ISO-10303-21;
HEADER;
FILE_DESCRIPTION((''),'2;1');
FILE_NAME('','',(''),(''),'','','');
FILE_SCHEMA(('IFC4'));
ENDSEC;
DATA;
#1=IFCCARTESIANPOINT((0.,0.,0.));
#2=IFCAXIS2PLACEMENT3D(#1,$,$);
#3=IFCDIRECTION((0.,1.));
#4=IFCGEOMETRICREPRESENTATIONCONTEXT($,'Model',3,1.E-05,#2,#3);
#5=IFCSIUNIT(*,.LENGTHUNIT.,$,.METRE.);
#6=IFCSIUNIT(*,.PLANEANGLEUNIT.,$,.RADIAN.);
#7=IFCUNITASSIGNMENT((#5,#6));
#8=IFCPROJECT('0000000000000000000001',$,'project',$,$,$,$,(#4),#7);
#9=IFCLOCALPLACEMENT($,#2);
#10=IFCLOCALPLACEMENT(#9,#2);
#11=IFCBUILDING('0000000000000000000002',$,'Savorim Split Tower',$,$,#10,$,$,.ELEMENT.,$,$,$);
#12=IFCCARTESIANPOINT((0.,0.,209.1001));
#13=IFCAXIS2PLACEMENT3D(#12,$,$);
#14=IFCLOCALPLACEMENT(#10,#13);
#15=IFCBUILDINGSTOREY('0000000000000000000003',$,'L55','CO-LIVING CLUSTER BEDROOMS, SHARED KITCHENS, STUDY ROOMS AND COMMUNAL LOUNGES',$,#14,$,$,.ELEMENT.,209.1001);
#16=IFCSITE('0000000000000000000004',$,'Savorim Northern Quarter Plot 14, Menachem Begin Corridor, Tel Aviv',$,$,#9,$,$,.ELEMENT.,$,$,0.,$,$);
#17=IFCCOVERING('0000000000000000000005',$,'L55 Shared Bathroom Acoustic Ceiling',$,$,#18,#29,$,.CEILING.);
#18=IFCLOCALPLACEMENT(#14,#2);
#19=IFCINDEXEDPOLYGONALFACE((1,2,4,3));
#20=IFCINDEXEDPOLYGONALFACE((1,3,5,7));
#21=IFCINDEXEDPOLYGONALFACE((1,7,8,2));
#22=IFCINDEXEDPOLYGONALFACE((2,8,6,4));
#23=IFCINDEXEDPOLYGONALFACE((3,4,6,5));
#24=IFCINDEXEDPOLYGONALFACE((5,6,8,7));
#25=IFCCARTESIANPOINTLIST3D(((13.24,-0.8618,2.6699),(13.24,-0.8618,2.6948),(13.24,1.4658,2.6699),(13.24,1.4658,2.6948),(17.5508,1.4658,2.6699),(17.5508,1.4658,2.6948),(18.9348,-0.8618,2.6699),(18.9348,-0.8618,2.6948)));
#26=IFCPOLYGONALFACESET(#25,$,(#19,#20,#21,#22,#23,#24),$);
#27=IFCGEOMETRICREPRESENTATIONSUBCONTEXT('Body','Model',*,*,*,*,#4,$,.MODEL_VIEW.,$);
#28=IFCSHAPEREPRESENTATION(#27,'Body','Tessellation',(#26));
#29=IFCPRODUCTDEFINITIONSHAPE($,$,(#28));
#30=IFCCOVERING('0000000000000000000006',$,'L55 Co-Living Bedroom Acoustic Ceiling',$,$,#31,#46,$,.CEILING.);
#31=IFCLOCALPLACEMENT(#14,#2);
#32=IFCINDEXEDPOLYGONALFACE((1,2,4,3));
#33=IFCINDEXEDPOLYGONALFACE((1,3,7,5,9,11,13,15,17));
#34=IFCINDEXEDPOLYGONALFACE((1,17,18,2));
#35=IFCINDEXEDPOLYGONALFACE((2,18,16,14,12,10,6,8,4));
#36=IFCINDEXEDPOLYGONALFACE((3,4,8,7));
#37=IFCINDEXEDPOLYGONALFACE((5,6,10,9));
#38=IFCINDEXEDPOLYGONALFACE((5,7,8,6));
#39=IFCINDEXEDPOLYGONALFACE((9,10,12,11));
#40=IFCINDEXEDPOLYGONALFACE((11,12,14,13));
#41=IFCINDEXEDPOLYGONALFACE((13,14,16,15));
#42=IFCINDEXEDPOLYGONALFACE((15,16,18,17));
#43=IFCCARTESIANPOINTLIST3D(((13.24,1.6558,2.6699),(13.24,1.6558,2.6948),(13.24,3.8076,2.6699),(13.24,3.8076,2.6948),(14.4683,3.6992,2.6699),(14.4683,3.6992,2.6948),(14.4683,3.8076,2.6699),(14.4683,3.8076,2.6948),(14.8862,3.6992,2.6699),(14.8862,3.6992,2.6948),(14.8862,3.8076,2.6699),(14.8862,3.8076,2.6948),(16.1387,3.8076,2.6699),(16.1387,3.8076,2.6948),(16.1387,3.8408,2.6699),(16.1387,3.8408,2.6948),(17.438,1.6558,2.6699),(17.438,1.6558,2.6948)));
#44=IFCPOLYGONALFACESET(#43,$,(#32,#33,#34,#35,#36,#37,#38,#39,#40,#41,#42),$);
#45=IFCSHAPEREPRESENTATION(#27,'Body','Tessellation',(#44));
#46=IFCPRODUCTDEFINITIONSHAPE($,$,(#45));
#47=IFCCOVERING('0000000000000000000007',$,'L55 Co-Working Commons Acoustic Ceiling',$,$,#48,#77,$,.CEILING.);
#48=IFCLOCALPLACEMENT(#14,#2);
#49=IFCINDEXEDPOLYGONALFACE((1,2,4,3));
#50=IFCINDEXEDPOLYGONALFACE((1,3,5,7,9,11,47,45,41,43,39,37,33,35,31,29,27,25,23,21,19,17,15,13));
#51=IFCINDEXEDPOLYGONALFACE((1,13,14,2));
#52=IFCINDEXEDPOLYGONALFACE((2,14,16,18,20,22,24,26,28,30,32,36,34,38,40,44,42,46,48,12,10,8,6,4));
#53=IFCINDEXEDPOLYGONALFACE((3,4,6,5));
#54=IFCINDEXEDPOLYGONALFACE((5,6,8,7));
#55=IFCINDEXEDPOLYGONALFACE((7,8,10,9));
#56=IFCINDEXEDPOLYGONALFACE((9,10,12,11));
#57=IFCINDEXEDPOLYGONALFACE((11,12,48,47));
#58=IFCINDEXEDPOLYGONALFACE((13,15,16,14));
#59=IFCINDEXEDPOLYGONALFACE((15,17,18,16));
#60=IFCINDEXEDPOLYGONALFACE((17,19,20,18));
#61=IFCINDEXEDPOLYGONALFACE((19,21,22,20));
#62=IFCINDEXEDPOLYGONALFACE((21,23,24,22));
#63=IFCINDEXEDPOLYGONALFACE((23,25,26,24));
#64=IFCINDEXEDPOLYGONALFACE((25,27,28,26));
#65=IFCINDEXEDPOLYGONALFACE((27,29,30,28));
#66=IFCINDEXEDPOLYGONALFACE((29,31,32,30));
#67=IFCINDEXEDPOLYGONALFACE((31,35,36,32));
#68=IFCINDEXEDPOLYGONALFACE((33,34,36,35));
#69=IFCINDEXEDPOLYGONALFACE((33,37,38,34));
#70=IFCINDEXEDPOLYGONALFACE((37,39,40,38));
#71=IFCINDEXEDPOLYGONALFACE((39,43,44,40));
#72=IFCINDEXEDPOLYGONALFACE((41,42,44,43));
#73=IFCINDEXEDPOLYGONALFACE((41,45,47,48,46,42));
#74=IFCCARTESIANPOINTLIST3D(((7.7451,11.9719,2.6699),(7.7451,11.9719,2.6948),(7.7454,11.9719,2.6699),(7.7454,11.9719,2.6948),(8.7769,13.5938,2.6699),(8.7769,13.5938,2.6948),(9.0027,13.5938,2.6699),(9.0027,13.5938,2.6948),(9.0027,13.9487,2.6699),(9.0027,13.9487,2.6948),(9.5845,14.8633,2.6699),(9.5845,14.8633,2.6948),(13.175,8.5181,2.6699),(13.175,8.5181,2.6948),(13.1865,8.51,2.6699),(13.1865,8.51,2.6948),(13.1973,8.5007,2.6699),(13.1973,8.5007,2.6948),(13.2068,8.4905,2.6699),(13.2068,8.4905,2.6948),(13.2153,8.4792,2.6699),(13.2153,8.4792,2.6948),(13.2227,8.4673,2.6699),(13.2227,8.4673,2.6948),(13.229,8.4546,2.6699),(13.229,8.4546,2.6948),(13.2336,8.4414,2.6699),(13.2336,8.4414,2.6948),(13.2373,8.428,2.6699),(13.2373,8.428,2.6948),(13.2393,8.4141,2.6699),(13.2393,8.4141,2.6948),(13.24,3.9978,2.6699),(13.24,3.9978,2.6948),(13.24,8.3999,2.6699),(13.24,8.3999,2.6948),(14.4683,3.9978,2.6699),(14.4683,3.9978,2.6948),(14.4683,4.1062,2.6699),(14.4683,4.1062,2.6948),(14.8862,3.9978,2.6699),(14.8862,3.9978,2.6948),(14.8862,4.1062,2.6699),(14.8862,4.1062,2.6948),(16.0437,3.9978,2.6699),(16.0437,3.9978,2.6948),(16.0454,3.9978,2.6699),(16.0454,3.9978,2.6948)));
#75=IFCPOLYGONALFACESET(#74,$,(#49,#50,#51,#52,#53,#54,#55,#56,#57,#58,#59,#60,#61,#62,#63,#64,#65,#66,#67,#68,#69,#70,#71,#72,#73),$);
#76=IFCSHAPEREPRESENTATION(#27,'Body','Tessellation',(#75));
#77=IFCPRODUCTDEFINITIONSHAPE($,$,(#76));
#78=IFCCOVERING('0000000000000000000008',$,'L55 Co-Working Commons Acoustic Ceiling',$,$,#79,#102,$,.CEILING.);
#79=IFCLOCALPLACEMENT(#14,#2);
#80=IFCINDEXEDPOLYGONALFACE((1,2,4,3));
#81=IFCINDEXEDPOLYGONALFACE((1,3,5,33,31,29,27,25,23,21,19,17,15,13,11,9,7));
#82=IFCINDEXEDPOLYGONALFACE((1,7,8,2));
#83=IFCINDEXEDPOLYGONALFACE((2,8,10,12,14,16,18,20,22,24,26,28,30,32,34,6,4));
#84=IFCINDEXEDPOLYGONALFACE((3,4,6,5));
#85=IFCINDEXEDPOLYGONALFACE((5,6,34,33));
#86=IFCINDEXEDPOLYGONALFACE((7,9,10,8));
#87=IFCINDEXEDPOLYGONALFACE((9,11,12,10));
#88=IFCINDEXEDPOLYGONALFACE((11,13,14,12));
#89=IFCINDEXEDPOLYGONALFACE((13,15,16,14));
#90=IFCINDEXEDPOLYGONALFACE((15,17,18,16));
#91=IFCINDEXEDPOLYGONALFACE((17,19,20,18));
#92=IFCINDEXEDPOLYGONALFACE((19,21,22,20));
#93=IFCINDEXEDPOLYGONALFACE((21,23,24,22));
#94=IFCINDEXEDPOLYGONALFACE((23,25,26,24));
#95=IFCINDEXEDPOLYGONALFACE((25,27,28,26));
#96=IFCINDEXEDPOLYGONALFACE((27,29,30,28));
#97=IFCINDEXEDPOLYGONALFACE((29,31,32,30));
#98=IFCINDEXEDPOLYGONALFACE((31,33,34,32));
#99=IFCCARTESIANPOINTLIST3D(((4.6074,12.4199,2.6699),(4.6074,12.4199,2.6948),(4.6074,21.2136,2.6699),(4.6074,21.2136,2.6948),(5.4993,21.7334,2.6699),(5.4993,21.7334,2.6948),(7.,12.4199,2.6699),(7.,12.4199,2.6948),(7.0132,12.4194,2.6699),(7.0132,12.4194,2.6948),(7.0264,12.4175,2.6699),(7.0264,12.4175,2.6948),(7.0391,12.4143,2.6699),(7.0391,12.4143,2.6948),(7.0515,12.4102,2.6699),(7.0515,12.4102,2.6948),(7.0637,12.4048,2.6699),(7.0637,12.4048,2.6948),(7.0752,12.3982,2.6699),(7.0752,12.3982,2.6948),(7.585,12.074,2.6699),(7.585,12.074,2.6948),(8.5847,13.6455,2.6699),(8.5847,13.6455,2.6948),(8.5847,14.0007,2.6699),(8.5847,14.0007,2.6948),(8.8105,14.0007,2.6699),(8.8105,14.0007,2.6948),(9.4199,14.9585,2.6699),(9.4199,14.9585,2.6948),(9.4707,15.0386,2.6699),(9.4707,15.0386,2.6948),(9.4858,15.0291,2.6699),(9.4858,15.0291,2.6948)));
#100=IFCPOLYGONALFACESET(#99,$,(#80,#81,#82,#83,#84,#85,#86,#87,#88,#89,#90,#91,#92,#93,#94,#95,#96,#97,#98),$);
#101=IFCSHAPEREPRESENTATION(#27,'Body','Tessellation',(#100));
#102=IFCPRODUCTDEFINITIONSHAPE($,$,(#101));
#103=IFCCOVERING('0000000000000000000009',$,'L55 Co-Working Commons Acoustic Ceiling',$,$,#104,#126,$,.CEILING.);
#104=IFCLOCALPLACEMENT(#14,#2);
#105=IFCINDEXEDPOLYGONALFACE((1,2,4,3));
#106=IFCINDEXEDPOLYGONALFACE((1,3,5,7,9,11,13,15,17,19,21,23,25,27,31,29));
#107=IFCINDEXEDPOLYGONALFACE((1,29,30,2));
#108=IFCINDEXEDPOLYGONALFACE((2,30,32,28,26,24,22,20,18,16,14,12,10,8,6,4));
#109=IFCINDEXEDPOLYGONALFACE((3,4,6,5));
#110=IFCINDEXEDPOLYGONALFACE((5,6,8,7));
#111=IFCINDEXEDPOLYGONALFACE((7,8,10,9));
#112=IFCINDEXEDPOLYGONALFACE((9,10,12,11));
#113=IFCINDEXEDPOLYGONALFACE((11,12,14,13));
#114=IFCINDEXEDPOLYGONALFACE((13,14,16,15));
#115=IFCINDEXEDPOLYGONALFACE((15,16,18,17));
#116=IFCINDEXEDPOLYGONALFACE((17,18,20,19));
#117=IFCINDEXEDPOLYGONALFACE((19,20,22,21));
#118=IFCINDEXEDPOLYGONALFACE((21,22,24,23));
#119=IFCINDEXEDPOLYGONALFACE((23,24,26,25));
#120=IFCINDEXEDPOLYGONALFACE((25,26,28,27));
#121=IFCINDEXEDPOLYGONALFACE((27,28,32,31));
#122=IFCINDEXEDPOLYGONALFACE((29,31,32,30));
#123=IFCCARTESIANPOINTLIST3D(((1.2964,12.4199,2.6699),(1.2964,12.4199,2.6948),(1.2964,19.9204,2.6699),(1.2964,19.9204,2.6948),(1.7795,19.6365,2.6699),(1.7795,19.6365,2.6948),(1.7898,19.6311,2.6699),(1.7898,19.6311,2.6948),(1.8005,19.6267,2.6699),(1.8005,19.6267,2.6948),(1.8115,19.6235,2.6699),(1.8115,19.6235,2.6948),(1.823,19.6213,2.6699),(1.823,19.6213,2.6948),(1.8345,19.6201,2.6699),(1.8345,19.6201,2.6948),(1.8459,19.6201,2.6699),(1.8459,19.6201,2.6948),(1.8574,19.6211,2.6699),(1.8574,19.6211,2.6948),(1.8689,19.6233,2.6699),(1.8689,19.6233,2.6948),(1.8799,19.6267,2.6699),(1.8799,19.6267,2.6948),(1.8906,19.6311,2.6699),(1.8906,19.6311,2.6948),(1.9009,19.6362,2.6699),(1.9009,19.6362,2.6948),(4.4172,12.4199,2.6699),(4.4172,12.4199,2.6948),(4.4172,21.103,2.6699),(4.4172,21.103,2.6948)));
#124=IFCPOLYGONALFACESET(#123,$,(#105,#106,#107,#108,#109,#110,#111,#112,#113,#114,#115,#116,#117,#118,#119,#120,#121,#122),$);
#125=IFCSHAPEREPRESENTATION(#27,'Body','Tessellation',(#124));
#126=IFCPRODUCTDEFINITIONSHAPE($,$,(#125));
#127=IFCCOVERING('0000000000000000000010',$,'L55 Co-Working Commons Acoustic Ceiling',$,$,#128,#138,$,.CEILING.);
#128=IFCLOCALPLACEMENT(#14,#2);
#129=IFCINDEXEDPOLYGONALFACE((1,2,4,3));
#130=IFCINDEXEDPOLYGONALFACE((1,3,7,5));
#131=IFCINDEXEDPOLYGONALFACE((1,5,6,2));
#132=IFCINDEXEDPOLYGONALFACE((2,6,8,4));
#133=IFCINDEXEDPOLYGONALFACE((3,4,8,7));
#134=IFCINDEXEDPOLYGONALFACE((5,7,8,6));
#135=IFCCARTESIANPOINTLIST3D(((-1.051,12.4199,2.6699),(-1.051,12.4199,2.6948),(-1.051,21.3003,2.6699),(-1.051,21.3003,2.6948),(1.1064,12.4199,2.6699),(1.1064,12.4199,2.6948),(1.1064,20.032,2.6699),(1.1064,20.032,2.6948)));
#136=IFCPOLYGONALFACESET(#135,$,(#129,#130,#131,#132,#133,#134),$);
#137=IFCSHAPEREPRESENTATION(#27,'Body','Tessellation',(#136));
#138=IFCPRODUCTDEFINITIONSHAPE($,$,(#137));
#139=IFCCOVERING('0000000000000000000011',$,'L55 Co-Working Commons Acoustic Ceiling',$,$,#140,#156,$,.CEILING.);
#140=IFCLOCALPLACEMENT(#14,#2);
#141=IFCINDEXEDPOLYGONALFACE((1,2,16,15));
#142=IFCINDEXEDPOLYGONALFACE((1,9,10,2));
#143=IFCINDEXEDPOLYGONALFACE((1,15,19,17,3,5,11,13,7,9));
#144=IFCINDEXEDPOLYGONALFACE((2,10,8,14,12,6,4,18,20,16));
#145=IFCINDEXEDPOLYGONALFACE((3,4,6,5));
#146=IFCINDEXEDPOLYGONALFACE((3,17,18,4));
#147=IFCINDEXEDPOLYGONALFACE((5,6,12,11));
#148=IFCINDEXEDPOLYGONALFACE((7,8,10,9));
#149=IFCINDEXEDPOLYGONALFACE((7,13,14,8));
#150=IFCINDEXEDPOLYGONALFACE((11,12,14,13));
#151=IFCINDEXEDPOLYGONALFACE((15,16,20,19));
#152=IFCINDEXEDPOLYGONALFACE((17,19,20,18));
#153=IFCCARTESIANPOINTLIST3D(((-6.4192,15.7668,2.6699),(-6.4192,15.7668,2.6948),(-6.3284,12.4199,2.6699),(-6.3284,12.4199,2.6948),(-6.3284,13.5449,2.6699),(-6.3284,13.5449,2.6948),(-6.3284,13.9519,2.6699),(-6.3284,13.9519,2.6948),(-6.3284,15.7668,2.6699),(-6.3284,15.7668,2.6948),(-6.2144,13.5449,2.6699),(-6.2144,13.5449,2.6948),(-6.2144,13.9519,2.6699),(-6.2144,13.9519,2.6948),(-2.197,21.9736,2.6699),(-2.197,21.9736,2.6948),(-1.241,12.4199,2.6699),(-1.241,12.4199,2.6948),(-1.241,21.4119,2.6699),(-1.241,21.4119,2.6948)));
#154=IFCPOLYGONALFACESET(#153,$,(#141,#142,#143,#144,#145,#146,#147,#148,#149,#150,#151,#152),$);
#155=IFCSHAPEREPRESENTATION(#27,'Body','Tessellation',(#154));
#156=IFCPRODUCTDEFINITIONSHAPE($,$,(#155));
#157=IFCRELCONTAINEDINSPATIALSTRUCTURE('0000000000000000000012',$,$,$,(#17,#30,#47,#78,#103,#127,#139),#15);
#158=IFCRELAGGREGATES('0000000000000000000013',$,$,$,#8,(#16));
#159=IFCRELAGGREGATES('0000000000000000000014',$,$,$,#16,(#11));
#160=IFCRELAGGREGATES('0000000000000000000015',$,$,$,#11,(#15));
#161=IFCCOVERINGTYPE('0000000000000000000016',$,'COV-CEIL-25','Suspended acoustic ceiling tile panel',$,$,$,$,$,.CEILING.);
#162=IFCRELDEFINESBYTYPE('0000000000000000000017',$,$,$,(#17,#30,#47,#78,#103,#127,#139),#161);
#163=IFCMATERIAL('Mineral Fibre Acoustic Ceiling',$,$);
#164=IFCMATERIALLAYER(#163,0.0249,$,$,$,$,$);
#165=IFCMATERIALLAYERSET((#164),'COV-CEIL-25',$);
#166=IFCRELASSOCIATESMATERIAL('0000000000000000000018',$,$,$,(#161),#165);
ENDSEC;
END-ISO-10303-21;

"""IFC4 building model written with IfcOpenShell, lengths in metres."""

from ifc_helpers import new_model, si_unit, direction, frame, origin, place, context, subcontext, project, spatial, polyline, outline, extrude, material, layer, layer_set, type_object, element, save


model = new_model("IFC4")

# Units and contexts
model_context = context("Model", 3, precision=1e-05, world=origin(), true_north=direction((0.0, 1.0)))
body_context = subcontext(model_context, "Body", "Model", "MODEL_VIEW")
ifc_project = project(units=[si_unit("LENGTHUNIT", "METRE"), si_unit("PLANEANGLEUNIT", "RADIAN")], contexts=[model_context])

# Site, building, storey
site_placement = place(None, origin())
site = spatial("IfcSite", under=ifc_project, at=site_placement, Name="Savorim Northern Quarter Plot 14, Menachem Begin Corridor, Tel Aviv", CompositionType="ELEMENT", RefElevation=0.0)
building_placement = place(site_placement, origin())
building = spatial("IfcBuilding", under=site, at=building_placement, Name="Savorim Split Tower", CompositionType="ELEMENT")
storey_placement = place(building_placement, frame((0.0, 0.0, 209.1001)))
storey = spatial("IfcBuildingStorey", under=building, at=storey_placement, Name="L55", Description="CO-LIVING CLUSTER BEDROOMS, SHARED KITCHENS, STUDY ROOMS AND COMMUNAL LOUNGES", CompositionType="ELEMENT", Elevation=209.1001)

# Coverings
ifc_material_1 = material(Name="Mineral Fibre Acoustic Ceiling")
ifc_layer_1 = layer(ifc_material_1, 0.0249)
ifc_layer_set_1 = layer_set([ifc_layer_1], Name="COV-CEIL-25")
covering_type_1 = type_object("IfcCoveringType", Name="COV-CEIL-25", Description="Suspended acoustic ceiling tile panel", PredefinedType="CEILING", material=ifc_layer_set_1)
covering_1_placement = place(storey_placement, frame((0.0, 0.0, 2.6699)))
element("IfcCovering", 1, at=covering_1_placement, inside=storey, type_object=covering_type_1, Name="L55 Shared Bathroom Acoustic Ceiling", PredefinedType="CEILING", context=body_context, shape_type="SweptSolid", body=[
    extrude(outline(polyline([(18.9348, -0.8618), (17.5508, 1.4658), (13.24, 1.4658), (13.24, -0.8618), (18.9348, -0.8618)])), origin(), (0.0, 0.0, 1.0), 0.0249),
])
covering_2_placement = place(storey_placement, frame((0.0, 0.0, 2.6699)))
element("IfcCovering", 2, at=covering_2_placement, inside=storey, type_object=covering_type_1, Name="L55 Co-Living Bedroom Acoustic Ceiling", PredefinedType="CEILING", context=body_context, shape_type="SweptSolid", body=[
    extrude(outline(polyline([(14.4683, 3.6992), (14.4683, 3.8076), (13.24, 3.8076), (13.24, 1.6558), (17.438, 1.6558), (16.1387, 3.8408), (16.1387, 3.8076), (14.8862, 3.8076), (14.8862, 3.6992), (14.4683, 3.6992)])), origin(), (0.0, 0.0, 1.0), 0.0249),
])
covering_3_placement = place(storey_placement, frame((0.0, 0.0, 2.6699)))
element("IfcCovering", 3, at=covering_3_placement, inside=storey, type_object=covering_type_1, Name="L55 Co-Working Commons Acoustic Ceiling", PredefinedType="CEILING", context=body_context, shape_type="SweptSolid", body=[
    extrude(outline(polyline([(14.8862, 4.1062), (14.8862, 3.9978), (16.0437, 3.9978), (16.0454, 3.9978), (9.5845, 14.8633), (9.0027, 13.9487), (9.0027, 13.5938), (8.7769, 13.5938), (7.7454, 11.9719), (7.7451, 11.9719), (13.175, 8.5181), (13.1865, 8.51), (13.1973, 8.5007), (13.2068, 8.4905), (13.2153, 8.4792), (13.2227, 8.4673), (13.229, 8.4546), (13.2336, 8.4414), (13.2373, 8.428), (13.2393, 8.4141), (13.24, 8.3999), (13.24, 3.9978), (14.4683, 3.9978), (14.4683, 4.1062), (14.8862, 4.1062)])), origin(), (0.0, 0.0, 1.0), 0.0249),
])
covering_4_placement = place(storey_placement, frame((0.0, 0.0, 2.6699)))
element("IfcCovering", 4, at=covering_4_placement, inside=storey, type_object=covering_type_1, Name="L55 Co-Working Commons Acoustic Ceiling", PredefinedType="CEILING", context=body_context, shape_type="SweptSolid", body=[
    extrude(outline(polyline([(9.4707, 15.0386), (9.4858, 15.0291), (5.4993, 21.7334), (4.6074, 21.2136), (4.6074, 12.4199), (7.0, 12.4199), (7.0132, 12.4194), (7.0264, 12.4175), (7.0391, 12.4143), (7.0515, 12.4102), (7.0637, 12.4048), (7.0752, 12.3982), (7.585, 12.074), (8.5847, 13.6455), (8.5847, 14.0007), (8.8105, 14.0007), (9.4199, 14.9585), (9.4707, 15.0386)])), origin(), (0.0, 0.0, 1.0), 0.0249),
])
covering_5_placement = place(storey_placement, frame((0.0, 0.0, 2.6699)))
element("IfcCovering", 5, at=covering_5_placement, inside=storey, type_object=covering_type_1, Name="L55 Co-Working Commons Acoustic Ceiling", PredefinedType="CEILING", context=body_context, shape_type="SweptSolid", body=[
    extrude(outline(polyline([(1.8005, 19.6267), (1.7898, 19.6311), (1.7795, 19.6365), (1.2964, 19.9204), (1.2964, 12.4199), (4.4172, 12.4199), (4.4172, 21.103), (1.9009, 19.6362), (1.8906, 19.6311), (1.8799, 19.6267), (1.8689, 19.6233), (1.8574, 19.6211), (1.8459, 19.6201), (1.8345, 19.6201), (1.823, 19.6213), (1.8115, 19.6235), (1.8005, 19.6267)])), origin(), (0.0, 0.0, 1.0), 0.0249),
])
covering_6_placement = place(storey_placement, frame((0.0, 0.0, 2.6699)))
element("IfcCovering", 6, at=covering_6_placement, inside=storey, type_object=covering_type_1, Name="L55 Co-Working Commons Acoustic Ceiling", PredefinedType="CEILING", context=body_context, shape_type="SweptSolid", body=[
    extrude(outline(polyline([(-1.051, 12.4199), (1.1064, 12.4199), (1.1064, 20.032), (-1.051, 21.3003), (-1.051, 12.4199)])), origin(), (0.0, 0.0, 1.0), 0.0249),
])
covering_7_placement = place(storey_placement, frame((0.0, 0.0, 2.6699)))
element("IfcCovering", 7, at=covering_7_placement, inside=storey, type_object=covering_type_1, Name="L55 Co-Working Commons Acoustic Ceiling", PredefinedType="CEILING", context=body_context, shape_type="SweptSolid", body=[
    extrude(outline(polyline([(-6.3284, 12.4199), (-1.241, 12.4199), (-1.241, 21.4119), (-2.197, 21.9736), (-6.4192, 15.7668), (-6.3284, 15.7668), (-6.3284, 13.9519), (-6.2144, 13.9519), (-6.2144, 13.5449), (-6.3284, 13.5449), (-6.3284, 12.4199)])), origin(), (0.0, 0.0, 1.0), 0.0249),
])

save(model, "model.ifc")
